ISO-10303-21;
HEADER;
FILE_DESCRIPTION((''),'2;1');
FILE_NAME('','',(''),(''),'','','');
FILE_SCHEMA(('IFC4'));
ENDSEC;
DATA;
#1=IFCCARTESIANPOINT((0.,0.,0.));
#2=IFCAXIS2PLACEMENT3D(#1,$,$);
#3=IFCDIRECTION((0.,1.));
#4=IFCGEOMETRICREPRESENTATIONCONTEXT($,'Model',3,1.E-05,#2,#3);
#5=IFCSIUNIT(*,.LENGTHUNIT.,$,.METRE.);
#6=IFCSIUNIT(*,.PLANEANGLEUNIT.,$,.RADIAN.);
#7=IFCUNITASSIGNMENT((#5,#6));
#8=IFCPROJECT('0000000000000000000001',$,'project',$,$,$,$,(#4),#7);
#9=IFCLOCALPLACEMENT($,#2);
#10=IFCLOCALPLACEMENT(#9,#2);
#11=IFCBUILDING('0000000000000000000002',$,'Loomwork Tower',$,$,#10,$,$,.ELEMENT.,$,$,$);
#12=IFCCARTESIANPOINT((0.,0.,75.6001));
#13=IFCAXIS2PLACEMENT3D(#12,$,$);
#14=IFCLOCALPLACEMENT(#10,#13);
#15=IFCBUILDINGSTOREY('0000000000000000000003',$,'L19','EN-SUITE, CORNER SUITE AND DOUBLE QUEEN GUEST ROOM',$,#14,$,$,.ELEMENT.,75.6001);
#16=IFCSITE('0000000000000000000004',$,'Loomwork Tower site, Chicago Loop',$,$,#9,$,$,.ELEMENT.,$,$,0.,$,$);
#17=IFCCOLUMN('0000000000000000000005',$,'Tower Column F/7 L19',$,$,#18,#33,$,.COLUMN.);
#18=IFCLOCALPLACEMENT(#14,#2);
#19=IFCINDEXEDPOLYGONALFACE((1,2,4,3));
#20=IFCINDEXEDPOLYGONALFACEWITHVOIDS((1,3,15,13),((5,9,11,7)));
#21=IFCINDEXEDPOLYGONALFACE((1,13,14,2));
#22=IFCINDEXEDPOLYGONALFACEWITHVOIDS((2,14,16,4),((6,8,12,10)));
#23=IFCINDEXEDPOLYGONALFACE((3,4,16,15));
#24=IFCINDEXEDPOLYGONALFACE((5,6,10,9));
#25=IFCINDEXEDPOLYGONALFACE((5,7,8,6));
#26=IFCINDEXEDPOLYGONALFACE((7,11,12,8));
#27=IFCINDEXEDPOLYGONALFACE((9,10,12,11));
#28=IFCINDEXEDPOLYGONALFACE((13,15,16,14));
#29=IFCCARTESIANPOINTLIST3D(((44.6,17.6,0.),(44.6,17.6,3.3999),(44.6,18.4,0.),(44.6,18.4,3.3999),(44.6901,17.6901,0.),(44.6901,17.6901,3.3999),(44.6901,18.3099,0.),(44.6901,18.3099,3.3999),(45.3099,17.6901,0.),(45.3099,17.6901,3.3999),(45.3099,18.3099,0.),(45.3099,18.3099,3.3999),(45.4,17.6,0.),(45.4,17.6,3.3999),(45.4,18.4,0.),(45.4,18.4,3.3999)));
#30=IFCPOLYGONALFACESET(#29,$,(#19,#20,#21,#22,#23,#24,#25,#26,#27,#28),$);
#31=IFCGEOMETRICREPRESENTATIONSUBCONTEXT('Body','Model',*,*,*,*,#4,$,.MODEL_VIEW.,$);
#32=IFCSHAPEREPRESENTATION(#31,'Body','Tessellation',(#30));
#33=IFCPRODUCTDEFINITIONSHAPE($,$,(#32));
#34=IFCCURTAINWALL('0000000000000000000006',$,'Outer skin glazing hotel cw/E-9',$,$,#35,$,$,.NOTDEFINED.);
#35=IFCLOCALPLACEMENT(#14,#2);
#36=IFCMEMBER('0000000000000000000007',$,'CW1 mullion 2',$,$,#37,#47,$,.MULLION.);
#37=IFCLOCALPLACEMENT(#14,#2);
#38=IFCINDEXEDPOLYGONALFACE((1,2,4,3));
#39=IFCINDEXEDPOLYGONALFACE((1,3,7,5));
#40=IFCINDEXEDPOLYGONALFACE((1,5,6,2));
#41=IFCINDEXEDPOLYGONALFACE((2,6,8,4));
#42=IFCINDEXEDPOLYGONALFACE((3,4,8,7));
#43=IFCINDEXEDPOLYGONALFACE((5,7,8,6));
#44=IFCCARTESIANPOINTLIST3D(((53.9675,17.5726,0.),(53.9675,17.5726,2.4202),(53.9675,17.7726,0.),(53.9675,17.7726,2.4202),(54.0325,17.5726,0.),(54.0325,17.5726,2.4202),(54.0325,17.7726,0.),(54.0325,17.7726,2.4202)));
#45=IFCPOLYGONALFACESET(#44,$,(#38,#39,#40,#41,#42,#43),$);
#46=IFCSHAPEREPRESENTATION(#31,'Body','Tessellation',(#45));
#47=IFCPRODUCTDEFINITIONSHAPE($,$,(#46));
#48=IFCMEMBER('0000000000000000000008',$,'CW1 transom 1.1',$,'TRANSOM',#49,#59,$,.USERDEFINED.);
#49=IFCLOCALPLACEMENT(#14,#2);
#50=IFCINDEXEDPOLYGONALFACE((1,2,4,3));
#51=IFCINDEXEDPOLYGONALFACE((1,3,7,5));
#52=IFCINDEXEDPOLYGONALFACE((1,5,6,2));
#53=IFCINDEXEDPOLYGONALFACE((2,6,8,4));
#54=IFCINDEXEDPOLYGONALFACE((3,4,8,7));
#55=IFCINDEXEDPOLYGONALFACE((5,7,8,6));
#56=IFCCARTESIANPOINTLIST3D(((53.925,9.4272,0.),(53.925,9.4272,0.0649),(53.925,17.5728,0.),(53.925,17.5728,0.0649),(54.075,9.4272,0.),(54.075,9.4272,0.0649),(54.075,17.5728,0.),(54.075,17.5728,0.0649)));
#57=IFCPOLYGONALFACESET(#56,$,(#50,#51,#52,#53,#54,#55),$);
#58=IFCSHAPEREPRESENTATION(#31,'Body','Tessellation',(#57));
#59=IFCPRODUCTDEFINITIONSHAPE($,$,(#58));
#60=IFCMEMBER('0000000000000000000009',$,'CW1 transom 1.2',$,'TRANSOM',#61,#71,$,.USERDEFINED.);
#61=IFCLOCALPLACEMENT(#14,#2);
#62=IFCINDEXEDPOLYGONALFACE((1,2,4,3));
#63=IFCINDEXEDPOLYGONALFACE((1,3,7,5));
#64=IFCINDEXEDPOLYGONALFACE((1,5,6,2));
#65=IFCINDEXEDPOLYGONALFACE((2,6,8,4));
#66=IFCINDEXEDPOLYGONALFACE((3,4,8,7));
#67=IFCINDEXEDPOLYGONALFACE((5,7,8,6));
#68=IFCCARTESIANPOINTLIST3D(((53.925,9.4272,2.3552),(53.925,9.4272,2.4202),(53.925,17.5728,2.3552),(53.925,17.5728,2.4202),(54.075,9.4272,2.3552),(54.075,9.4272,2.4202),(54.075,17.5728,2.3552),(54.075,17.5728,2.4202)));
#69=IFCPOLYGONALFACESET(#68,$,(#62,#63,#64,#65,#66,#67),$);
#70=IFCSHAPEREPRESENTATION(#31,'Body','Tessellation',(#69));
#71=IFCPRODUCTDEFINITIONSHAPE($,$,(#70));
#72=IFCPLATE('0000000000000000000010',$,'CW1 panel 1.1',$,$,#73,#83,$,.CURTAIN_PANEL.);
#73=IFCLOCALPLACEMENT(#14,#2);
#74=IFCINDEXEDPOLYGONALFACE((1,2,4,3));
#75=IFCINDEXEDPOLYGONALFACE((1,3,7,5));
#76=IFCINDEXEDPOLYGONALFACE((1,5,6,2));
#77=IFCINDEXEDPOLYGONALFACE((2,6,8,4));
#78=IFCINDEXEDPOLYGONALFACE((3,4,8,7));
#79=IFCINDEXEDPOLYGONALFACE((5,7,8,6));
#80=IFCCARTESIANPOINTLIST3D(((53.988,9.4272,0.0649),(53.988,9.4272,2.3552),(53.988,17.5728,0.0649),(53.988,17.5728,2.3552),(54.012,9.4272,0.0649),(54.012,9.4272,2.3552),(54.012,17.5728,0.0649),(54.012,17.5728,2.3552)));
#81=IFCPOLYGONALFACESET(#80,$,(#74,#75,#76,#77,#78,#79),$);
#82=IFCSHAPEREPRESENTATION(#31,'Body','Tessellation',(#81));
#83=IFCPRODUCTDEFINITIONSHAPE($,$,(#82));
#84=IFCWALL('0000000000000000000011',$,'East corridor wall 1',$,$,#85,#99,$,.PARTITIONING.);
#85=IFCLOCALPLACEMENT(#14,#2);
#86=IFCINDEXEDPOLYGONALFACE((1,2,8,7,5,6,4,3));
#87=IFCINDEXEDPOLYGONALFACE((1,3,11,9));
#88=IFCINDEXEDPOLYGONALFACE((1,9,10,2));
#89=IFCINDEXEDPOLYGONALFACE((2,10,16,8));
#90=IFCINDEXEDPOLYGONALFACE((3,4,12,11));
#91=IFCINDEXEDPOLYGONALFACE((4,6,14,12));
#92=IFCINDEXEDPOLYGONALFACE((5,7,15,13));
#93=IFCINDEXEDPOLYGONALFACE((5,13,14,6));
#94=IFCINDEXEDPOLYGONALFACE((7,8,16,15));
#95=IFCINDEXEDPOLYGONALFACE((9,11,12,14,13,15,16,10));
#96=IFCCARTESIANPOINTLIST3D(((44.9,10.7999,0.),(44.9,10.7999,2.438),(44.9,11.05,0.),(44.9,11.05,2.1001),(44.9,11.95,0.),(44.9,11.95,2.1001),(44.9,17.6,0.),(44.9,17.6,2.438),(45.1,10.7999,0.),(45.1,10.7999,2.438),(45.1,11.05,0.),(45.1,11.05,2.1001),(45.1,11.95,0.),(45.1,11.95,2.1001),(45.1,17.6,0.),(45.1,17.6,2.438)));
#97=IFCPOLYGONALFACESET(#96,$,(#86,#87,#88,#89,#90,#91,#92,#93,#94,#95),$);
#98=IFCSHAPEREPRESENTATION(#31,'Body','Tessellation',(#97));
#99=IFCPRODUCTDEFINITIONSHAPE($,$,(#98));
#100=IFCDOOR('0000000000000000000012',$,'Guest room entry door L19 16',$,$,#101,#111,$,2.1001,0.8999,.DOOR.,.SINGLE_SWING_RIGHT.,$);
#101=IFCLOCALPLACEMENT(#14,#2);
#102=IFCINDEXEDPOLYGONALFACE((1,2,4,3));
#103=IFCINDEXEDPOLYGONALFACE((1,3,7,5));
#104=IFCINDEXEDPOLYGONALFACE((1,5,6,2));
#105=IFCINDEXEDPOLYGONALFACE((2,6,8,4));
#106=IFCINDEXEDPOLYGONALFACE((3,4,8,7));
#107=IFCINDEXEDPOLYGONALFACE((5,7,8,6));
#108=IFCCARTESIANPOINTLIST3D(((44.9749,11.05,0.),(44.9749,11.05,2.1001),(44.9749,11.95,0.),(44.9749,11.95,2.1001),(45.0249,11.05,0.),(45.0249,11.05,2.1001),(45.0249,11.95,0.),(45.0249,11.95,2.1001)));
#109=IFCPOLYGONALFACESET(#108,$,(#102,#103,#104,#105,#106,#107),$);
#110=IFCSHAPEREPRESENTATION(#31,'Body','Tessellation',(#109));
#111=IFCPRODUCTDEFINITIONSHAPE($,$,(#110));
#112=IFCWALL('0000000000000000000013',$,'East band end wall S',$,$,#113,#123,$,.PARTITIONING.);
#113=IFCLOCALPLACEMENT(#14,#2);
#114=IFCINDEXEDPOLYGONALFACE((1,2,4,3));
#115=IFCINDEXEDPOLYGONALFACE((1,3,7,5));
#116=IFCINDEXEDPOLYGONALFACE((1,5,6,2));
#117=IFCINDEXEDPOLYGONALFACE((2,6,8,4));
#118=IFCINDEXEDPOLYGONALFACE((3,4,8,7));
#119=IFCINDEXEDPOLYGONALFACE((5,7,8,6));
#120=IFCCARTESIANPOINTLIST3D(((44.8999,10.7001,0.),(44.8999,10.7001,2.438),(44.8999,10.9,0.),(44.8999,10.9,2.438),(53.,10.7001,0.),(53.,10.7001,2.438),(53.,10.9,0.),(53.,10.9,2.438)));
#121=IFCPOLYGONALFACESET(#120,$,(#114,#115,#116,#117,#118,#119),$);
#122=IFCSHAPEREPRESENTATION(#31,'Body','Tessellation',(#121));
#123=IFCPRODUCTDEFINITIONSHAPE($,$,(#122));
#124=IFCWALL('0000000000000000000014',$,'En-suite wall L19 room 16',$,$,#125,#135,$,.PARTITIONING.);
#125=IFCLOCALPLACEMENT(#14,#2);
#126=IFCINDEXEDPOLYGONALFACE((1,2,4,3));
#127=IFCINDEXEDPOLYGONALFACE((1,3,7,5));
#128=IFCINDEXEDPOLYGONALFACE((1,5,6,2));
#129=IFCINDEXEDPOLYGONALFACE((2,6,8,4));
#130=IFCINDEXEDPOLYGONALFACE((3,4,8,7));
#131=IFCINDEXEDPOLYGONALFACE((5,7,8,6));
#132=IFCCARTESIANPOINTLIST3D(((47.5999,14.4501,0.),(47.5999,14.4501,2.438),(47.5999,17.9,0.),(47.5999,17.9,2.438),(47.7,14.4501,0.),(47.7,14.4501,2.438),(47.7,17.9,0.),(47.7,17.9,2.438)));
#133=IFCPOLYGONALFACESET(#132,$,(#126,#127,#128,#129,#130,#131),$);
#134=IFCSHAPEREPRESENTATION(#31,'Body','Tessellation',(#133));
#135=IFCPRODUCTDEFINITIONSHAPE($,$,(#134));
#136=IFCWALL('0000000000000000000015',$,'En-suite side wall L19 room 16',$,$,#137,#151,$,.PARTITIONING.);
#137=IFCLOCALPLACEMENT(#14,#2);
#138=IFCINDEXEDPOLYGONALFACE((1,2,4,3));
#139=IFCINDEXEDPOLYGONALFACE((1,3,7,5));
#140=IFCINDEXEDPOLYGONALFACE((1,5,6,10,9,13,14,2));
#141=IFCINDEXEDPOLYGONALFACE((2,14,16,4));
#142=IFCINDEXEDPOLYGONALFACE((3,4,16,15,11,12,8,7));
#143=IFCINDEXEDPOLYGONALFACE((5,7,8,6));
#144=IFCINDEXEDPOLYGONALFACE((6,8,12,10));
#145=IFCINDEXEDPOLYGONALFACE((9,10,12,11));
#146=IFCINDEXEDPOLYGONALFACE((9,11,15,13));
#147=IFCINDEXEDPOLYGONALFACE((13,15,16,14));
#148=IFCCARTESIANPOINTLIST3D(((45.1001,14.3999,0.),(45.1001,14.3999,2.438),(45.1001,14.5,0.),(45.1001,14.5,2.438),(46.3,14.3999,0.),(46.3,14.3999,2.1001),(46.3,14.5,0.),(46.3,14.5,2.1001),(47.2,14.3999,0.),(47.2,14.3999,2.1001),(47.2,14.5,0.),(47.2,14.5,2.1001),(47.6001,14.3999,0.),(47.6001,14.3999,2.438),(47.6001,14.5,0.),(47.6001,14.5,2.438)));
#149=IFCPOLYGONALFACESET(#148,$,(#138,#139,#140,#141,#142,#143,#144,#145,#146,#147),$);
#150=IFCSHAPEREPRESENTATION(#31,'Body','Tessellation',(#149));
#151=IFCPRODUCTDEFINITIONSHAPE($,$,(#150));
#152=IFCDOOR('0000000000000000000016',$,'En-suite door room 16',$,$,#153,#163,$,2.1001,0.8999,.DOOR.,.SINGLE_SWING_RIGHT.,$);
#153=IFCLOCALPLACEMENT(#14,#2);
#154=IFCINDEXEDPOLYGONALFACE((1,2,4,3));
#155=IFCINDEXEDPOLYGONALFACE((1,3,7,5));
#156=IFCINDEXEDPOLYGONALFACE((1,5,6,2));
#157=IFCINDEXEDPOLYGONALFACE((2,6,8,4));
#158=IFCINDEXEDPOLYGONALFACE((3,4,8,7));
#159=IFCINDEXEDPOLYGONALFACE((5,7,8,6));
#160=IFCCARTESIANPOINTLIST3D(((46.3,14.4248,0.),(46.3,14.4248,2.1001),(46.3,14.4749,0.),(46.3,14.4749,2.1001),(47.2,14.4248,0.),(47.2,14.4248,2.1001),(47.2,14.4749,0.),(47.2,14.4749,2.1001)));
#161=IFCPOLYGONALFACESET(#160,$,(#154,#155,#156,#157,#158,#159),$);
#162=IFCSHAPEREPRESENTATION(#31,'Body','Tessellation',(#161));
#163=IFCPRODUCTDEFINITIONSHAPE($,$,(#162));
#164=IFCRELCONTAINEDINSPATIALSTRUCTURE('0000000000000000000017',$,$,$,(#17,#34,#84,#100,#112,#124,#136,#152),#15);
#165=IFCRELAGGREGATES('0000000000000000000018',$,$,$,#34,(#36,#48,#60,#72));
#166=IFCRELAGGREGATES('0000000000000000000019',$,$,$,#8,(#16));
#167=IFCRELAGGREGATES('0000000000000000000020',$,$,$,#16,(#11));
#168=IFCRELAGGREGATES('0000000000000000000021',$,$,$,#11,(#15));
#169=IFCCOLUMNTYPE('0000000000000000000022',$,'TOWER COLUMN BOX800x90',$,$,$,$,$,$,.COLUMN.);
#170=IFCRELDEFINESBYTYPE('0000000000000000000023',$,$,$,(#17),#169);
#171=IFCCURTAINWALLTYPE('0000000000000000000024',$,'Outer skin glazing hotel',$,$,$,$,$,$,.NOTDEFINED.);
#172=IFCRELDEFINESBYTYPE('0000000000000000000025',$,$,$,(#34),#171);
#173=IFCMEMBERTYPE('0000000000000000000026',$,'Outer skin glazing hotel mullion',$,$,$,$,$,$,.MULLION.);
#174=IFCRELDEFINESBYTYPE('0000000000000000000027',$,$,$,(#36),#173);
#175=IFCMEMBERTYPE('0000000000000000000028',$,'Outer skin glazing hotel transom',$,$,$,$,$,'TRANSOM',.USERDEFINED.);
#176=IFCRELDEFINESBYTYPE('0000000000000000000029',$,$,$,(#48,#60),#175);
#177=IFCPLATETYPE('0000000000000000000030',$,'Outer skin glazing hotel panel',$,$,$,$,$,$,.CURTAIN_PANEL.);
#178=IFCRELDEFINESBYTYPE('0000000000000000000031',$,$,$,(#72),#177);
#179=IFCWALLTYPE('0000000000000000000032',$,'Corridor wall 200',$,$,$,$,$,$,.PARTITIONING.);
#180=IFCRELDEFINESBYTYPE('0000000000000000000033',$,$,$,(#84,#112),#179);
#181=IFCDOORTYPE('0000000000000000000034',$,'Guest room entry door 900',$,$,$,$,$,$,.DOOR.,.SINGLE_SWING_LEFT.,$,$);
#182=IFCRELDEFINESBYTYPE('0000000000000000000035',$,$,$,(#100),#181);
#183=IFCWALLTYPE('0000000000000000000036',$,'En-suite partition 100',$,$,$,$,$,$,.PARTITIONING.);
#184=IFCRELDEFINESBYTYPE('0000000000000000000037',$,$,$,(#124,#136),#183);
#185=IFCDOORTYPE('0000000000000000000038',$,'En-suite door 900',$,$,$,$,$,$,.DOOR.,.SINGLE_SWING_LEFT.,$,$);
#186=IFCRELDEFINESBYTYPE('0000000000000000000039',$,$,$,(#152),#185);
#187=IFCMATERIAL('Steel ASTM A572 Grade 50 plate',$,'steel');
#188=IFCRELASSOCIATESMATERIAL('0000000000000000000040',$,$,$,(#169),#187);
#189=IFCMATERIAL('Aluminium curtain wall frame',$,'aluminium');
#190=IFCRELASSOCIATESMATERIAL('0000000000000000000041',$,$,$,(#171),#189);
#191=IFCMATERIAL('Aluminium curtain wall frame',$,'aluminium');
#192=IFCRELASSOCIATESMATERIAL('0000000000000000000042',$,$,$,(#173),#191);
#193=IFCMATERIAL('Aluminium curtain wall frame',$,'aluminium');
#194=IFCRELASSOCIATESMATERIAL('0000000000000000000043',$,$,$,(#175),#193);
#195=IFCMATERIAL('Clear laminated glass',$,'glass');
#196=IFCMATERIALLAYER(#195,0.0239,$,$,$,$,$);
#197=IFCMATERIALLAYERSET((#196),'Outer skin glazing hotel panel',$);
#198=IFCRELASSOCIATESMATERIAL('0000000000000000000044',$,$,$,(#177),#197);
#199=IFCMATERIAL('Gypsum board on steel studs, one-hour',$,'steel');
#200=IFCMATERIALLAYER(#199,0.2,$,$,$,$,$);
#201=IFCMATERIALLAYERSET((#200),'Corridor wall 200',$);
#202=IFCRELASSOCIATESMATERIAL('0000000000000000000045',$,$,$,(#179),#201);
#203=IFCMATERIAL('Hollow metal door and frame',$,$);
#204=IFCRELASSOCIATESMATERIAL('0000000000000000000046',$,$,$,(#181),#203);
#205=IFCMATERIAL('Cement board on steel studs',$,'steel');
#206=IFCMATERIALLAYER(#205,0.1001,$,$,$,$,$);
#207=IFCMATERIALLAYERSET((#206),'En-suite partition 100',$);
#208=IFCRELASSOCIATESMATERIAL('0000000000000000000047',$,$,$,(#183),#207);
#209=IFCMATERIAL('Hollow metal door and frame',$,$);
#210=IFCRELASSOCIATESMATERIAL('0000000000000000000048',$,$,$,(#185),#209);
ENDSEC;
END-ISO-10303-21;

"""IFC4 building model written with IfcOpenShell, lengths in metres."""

from ifc_helpers import new_model, si_unit, direction, frame, frame_2d, origin, origin_2d, place, context, subcontext, project, spatial, rectangle, hollow_rectangle, extrude, material, layer, layer_set, material_profile, profile_set, type_object, element, fill, aggregate, save


model = new_model("IFC4")

# Units and contexts
model_context = context("Model", 3, precision=1e-05, world=origin(), true_north=direction((0.0, 1.0)))
body_context = subcontext(model_context, "Body", "Model", "MODEL_VIEW")
ifc_project = project(units=[si_unit("LENGTHUNIT", "METRE"), si_unit("PLANEANGLEUNIT", "RADIAN")], contexts=[model_context])

# Site, building, storey
site_placement = place(None, origin())
site = spatial("IfcSite", under=ifc_project, at=site_placement, Name="Loomwork Tower site, Chicago Loop", CompositionType="ELEMENT", RefElevation=0.0)
building_placement = place(site_placement, origin())
building = spatial("IfcBuilding", under=site, at=building_placement, Name="Loomwork Tower", CompositionType="ELEMENT")
storey_placement = place(building_placement, frame((0.0, 0.0, 75.6001)))
storey = spatial("IfcBuildingStorey", under=building, at=storey_placement, Name="L19", Description="EN-SUITE, CORNER SUITE AND DOUBLE QUEEN GUEST ROOM", CompositionType="ELEMENT", Elevation=75.6001)

# Column
ifc_material_1 = material(Name="Steel ASTM A572 Grade 50 plate", Category="steel")
ifc_material_profile_1 = material_profile(ifc_material_1, hollow_rectangle(XDim=0.8, YDim=0.8, WallThickness=0.0901, at=origin_2d()), Name="BOX800x90")
ifc_profile_set_1 = profile_set([ifc_material_profile_1], Name="Steel ASTM A572 Grade 50 plate")
column_type = type_object("IfcColumnType", Name="TOWER COLUMN BOX800x90", PredefinedType="COLUMN", material=ifc_profile_set_1)
column_placement = place(storey_placement, frame((45.0, 18.0, 0.0), z_axis=(0.0, 0.0, 1.0), x_axis=(0.0, 1.0, 0.0)))
element("IfcColumn", 1, at=column_placement, inside=storey, type_object=column_type, Name="Tower Column F/7 L19", PredefinedType="COLUMN", context=body_context, shape_type="SweptSolid", body=[
    extrude(hollow_rectangle(XDim=0.8, YDim=0.8, WallThickness=0.0901, at=origin_2d()), origin(), (0.0, 0.0, 1.0), 3.3999),
])

# Curtain wall, members, plate
ifc_material_2 = material(Name="Aluminium curtain wall frame", Category="aluminium")
curtain_wall_type = type_object("IfcCurtainWallType", Name="Outer skin glazing hotel", PredefinedType="NOTDEFINED", material=ifc_material_2)
curtain_wall_placement = place(storey_placement, origin())
curtain_wall = element("IfcCurtainWall", 2, at=curtain_wall_placement, inside=storey, type_object=curtain_wall_type, Name="Outer skin glazing hotel cw/E-9", PredefinedType="NOTDEFINED")
ifc_material_3 = material(Name="Aluminium curtain wall frame", Category="aluminium")
ifc_material_profile_2 = material_profile(ifc_material_3, rectangle(XDim=0.0649, YDim=0.2, at=origin_2d()), Name="AL 65x200")
ifc_profile_set_2 = profile_set([ifc_material_profile_2], Name="Aluminium curtain wall frame")
member_type_1 = type_object("IfcMemberType", Name="Outer skin glazing hotel mullion", PredefinedType="MULLION", material=ifc_profile_set_2)
member_1_placement = place(storey_placement, frame((54.0, 17.6726, 0.0), z_axis=(0.0, 0.0, 1.0), x_axis=(-1.0, 0.0, 0.0)))
member_1 = element("IfcMember", 3, at=member_1_placement, type_object=member_type_1, Name="CW1 mullion 2", PredefinedType="MULLION", context=body_context, shape_type="SweptSolid", body=[
    extrude(rectangle(XDim=0.0649, YDim=0.2, at=origin_2d()), origin(), (0.0, 0.0, 1.0), 2.4202),
])
ifc_material_4 = material(Name="Aluminium curtain wall frame", Category="aluminium")
ifc_material_profile_3 = material_profile(ifc_material_4, rectangle(XDim=0.1499, YDim=0.0649, at=origin_2d()), Name="AL 65x150")
ifc_profile_set_3 = profile_set([ifc_material_profile_3], Name="Aluminium curtain wall frame")
member_type_2 = type_object("IfcMemberType", Name="Outer skin glazing hotel transom", ElementType="TRANSOM", PredefinedType="USERDEFINED", material=ifc_profile_set_3)
member_2_placement = place(storey_placement, frame((54.0, 9.4272, 0.0325), z_axis=(0.0, 1.0, 0.0), x_axis=(-1.0, 0.0, 0.0)))
member_2 = element("IfcMember", 4, at=member_2_placement, type_object=member_type_2, Name="CW1 transom 1.1", ObjectType="TRANSOM", PredefinedType="USERDEFINED", context=body_context, shape_type="SweptSolid", body=[
    extrude(rectangle(XDim=0.1499, YDim=0.0649, at=origin_2d()), origin(), (0.0, 0.0, 1.0), 8.1455),
])
member_3_placement = place(storey_placement, frame((54.0, 9.4272, 2.3877), z_axis=(0.0, 1.0, 0.0), x_axis=(-1.0, 0.0, 0.0)))
member_3 = element("IfcMember", 5, at=member_3_placement, type_object=member_type_2, Name="CW1 transom 1.2", ObjectType="TRANSOM", PredefinedType="USERDEFINED", context=body_context, shape_type="SweptSolid", body=[
    extrude(rectangle(XDim=0.1499, YDim=0.0649, at=origin_2d()), origin(), (0.0, 0.0, 1.0), 8.1455),
])
ifc_material_5 = material(Name="Clear laminated glass", Category="glass")
ifc_layer_1 = layer(ifc_material_5, 0.0239)
ifc_layer_set_1 = layer_set([ifc_layer_1], Name="Outer skin glazing hotel panel")
plate_type = type_object("IfcPlateType", Name="Outer skin glazing hotel panel", PredefinedType="CURTAIN_PANEL", material=ifc_layer_set_1)
plate_placement = place(storey_placement, frame((54.0, 13.5, 0.0649), z_axis=(0.0, 0.0, 1.0), x_axis=(0.0, 1.0, 0.0)))
plate = element("IfcPlate", 6, at=plate_placement, type_object=plate_type, Name="CW1 panel 1.1", PredefinedType="CURTAIN_PANEL", context=body_context, shape_type="SweptSolid", body=[
    extrude(rectangle(XDim=8.1455, YDim=0.0239, at=origin_2d()), origin(), (0.0, 0.0, 1.0), 2.2903),
])
aggregate(curtain_wall, [member_1, member_2, member_3, plate])

# Wall, opening, door
ifc_material_6 = material(Name="Gypsum board on steel studs, one-hour", Category="steel")
ifc_layer_2 = layer(ifc_material_6, 0.2)
ifc_layer_set_2 = layer_set([ifc_layer_2], Name="Corridor wall 200")
wall_type_1 = type_object("IfcWallType", Name="Corridor wall 200", PredefinedType="PARTITIONING", material=ifc_layer_set_2)
wall_1_placement = place(storey_placement, frame((45.0, 10.8, 0.0), z_axis=(0.0, 0.0, 1.0), x_axis=(0.0, 1.0, 0.0)))
wall_1 = element("IfcWall", 7, at=wall_1_placement, inside=storey, type_object=wall_type_1, Name="East corridor wall 1", PredefinedType="PARTITIONING", context=body_context, shape_type="SweptSolid", body=[
    extrude(rectangle(XDim=6.8, YDim=0.2, at=frame_2d((3.3999, 0.0))), origin(), (0.0, 0.0, 1.0), 2.438),
])
opening_1_placement = place(wall_1_placement, frame((0.25, 0.0, 0.0)))
opening_1 = element("IfcOpeningElement", 8, at=opening_1_placement, cuts=wall_1, PredefinedType="OPENING", context=body_context, shape_type="SweptSolid", body=[
    extrude(rectangle(XDim=0.8999, YDim=2.1001, at=frame_2d((0.45, 1.05))), frame((0.0, 0.1099, 0.0), z_axis=(0.0, -1.0, 0.0), x_axis=(1.0, 0.0, 0.0)), (0.0, 0.0, 1.0), 0.22),
])
ifc_material_7 = material(Name="Hollow metal door and frame")
door_type_1 = type_object("IfcDoorType", Name="Guest room entry door 900", OperationType="SINGLE_SWING_LEFT", PredefinedType="DOOR", material=ifc_material_7)
door_1_placement = place(opening_1_placement, frame((0.8999, 0.0, 0.0), z_axis=(0.0, 0.0, 1.0), x_axis=(-1.0, 0.0, 0.0)))
door_1 = element("IfcDoor", 9, at=door_1_placement, inside=storey, type_object=door_type_1, Name="Guest room entry door L19 16", OperationType="SINGLE_SWING_RIGHT", OverallHeight=2.1001, OverallWidth=0.8999, PredefinedType="DOOR", context=body_context, shape_type="SweptSolid", body=[
    extrude(rectangle(XDim=0.8999, YDim=2.1001, at=frame_2d((0.45, 1.05))), frame((0.0, 0.0249, 0.0), z_axis=(0.0, -1.0, 0.0), x_axis=(1.0, 0.0, 0.0)), (0.0, 0.0, 1.0), 0.05),
])
fill(opening_1, door_1)

# Walls
wall_2_placement = place(storey_placement, frame((44.8999, 10.8, 0.0), z_axis=(0.0, 0.0, 1.0), x_axis=(1.0, 0.0, 0.0)))
element("IfcWall", 10, at=wall_2_placement, inside=storey, type_object=wall_type_1, Name="East band end wall S", PredefinedType="PARTITIONING", context=body_context, shape_type="SweptSolid", body=[
    extrude(rectangle(XDim=8.1001, YDim=0.2, at=frame_2d((4.05, 0.0))), origin(), (0.0, 0.0, 1.0), 2.438),
])
ifc_material_8 = material(Name="Cement board on steel studs", Category="steel")
ifc_layer_3 = layer(ifc_material_8, 0.1001)
ifc_layer_set_3 = layer_set([ifc_layer_3], Name="En-suite partition 100")
wall_type_2 = type_object("IfcWallType", Name="En-suite partition 100", PredefinedType="PARTITIONING", material=ifc_layer_set_3)
wall_3_placement = place(storey_placement, frame((47.6499, 14.45, 0.0), z_axis=(0.0, 0.0, 1.0), x_axis=(0.0, 1.0, 0.0)))
element("IfcWall", 11, at=wall_3_placement, inside=storey, type_object=wall_type_2, Name="En-suite wall L19 room 16", PredefinedType="PARTITIONING", context=body_context, shape_type="SweptSolid", body=[
    extrude(rectangle(XDim=3.45, YDim=0.1001, at=frame_2d((1.7251, 0.0))), origin(), (0.0, 0.0, 1.0), 2.438),
])

# Wall, opening, door
wall_4_placement = place(storey_placement, frame((45.1001, 14.45, 0.0), z_axis=(0.0, 0.0, 1.0), x_axis=(1.0, 0.0, 0.0)))
wall_4 = element("IfcWall", 12, at=wall_4_placement, inside=storey, type_object=wall_type_2, Name="En-suite side wall L19 room 16", PredefinedType="PARTITIONING", context=body_context, shape_type="SweptSolid", body=[
    extrude(rectangle(XDim=2.5, YDim=0.1001, at=frame_2d((1.25, 0.0))), origin(), (0.0, 0.0, 1.0), 2.438),
])
opening_2_placement = place(wall_4_placement, frame((1.2, 0.0, 0.0)))
opening_2 = element("IfcOpeningElement", 13, at=opening_2_placement, cuts=wall_4, PredefinedType="OPENING", context=body_context, shape_type="SweptSolid", body=[
    extrude(rectangle(XDim=0.8999, YDim=2.1001, at=frame_2d((0.45, 1.05))), frame((0.0, 0.0601, 0.0), z_axis=(0.0, -1.0, 0.0), x_axis=(1.0, 0.0, 0.0)), (0.0, 0.0, 1.0), 0.1201),
])
ifc_material_9 = material(Name="Hollow metal door and frame")
door_type_2 = type_object("IfcDoorType", Name="En-suite door 900", OperationType="SINGLE_SWING_LEFT", PredefinedType="DOOR", material=ifc_material_9)
door_2_placement = place(opening_2_placement, origin())
door_2 = element("IfcDoor", 14, at=door_2_placement, inside=storey, type_object=door_type_2, Name="En-suite door room 16", OperationType="SINGLE_SWING_RIGHT", OverallHeight=2.1001, OverallWidth=0.8999, PredefinedType="DOOR", context=body_context, shape_type="SweptSolid", body=[
    extrude(rectangle(XDim=0.8999, YDim=2.1001, at=frame_2d((0.45, 1.05))), frame((0.0, 0.0249, 0.0), z_axis=(0.0, -1.0, 0.0), x_axis=(1.0, 0.0, 0.0)), (0.0, 0.0, 1.0), 0.05),
])
fill(opening_2, door_2)

save(model, "model.ifc")
